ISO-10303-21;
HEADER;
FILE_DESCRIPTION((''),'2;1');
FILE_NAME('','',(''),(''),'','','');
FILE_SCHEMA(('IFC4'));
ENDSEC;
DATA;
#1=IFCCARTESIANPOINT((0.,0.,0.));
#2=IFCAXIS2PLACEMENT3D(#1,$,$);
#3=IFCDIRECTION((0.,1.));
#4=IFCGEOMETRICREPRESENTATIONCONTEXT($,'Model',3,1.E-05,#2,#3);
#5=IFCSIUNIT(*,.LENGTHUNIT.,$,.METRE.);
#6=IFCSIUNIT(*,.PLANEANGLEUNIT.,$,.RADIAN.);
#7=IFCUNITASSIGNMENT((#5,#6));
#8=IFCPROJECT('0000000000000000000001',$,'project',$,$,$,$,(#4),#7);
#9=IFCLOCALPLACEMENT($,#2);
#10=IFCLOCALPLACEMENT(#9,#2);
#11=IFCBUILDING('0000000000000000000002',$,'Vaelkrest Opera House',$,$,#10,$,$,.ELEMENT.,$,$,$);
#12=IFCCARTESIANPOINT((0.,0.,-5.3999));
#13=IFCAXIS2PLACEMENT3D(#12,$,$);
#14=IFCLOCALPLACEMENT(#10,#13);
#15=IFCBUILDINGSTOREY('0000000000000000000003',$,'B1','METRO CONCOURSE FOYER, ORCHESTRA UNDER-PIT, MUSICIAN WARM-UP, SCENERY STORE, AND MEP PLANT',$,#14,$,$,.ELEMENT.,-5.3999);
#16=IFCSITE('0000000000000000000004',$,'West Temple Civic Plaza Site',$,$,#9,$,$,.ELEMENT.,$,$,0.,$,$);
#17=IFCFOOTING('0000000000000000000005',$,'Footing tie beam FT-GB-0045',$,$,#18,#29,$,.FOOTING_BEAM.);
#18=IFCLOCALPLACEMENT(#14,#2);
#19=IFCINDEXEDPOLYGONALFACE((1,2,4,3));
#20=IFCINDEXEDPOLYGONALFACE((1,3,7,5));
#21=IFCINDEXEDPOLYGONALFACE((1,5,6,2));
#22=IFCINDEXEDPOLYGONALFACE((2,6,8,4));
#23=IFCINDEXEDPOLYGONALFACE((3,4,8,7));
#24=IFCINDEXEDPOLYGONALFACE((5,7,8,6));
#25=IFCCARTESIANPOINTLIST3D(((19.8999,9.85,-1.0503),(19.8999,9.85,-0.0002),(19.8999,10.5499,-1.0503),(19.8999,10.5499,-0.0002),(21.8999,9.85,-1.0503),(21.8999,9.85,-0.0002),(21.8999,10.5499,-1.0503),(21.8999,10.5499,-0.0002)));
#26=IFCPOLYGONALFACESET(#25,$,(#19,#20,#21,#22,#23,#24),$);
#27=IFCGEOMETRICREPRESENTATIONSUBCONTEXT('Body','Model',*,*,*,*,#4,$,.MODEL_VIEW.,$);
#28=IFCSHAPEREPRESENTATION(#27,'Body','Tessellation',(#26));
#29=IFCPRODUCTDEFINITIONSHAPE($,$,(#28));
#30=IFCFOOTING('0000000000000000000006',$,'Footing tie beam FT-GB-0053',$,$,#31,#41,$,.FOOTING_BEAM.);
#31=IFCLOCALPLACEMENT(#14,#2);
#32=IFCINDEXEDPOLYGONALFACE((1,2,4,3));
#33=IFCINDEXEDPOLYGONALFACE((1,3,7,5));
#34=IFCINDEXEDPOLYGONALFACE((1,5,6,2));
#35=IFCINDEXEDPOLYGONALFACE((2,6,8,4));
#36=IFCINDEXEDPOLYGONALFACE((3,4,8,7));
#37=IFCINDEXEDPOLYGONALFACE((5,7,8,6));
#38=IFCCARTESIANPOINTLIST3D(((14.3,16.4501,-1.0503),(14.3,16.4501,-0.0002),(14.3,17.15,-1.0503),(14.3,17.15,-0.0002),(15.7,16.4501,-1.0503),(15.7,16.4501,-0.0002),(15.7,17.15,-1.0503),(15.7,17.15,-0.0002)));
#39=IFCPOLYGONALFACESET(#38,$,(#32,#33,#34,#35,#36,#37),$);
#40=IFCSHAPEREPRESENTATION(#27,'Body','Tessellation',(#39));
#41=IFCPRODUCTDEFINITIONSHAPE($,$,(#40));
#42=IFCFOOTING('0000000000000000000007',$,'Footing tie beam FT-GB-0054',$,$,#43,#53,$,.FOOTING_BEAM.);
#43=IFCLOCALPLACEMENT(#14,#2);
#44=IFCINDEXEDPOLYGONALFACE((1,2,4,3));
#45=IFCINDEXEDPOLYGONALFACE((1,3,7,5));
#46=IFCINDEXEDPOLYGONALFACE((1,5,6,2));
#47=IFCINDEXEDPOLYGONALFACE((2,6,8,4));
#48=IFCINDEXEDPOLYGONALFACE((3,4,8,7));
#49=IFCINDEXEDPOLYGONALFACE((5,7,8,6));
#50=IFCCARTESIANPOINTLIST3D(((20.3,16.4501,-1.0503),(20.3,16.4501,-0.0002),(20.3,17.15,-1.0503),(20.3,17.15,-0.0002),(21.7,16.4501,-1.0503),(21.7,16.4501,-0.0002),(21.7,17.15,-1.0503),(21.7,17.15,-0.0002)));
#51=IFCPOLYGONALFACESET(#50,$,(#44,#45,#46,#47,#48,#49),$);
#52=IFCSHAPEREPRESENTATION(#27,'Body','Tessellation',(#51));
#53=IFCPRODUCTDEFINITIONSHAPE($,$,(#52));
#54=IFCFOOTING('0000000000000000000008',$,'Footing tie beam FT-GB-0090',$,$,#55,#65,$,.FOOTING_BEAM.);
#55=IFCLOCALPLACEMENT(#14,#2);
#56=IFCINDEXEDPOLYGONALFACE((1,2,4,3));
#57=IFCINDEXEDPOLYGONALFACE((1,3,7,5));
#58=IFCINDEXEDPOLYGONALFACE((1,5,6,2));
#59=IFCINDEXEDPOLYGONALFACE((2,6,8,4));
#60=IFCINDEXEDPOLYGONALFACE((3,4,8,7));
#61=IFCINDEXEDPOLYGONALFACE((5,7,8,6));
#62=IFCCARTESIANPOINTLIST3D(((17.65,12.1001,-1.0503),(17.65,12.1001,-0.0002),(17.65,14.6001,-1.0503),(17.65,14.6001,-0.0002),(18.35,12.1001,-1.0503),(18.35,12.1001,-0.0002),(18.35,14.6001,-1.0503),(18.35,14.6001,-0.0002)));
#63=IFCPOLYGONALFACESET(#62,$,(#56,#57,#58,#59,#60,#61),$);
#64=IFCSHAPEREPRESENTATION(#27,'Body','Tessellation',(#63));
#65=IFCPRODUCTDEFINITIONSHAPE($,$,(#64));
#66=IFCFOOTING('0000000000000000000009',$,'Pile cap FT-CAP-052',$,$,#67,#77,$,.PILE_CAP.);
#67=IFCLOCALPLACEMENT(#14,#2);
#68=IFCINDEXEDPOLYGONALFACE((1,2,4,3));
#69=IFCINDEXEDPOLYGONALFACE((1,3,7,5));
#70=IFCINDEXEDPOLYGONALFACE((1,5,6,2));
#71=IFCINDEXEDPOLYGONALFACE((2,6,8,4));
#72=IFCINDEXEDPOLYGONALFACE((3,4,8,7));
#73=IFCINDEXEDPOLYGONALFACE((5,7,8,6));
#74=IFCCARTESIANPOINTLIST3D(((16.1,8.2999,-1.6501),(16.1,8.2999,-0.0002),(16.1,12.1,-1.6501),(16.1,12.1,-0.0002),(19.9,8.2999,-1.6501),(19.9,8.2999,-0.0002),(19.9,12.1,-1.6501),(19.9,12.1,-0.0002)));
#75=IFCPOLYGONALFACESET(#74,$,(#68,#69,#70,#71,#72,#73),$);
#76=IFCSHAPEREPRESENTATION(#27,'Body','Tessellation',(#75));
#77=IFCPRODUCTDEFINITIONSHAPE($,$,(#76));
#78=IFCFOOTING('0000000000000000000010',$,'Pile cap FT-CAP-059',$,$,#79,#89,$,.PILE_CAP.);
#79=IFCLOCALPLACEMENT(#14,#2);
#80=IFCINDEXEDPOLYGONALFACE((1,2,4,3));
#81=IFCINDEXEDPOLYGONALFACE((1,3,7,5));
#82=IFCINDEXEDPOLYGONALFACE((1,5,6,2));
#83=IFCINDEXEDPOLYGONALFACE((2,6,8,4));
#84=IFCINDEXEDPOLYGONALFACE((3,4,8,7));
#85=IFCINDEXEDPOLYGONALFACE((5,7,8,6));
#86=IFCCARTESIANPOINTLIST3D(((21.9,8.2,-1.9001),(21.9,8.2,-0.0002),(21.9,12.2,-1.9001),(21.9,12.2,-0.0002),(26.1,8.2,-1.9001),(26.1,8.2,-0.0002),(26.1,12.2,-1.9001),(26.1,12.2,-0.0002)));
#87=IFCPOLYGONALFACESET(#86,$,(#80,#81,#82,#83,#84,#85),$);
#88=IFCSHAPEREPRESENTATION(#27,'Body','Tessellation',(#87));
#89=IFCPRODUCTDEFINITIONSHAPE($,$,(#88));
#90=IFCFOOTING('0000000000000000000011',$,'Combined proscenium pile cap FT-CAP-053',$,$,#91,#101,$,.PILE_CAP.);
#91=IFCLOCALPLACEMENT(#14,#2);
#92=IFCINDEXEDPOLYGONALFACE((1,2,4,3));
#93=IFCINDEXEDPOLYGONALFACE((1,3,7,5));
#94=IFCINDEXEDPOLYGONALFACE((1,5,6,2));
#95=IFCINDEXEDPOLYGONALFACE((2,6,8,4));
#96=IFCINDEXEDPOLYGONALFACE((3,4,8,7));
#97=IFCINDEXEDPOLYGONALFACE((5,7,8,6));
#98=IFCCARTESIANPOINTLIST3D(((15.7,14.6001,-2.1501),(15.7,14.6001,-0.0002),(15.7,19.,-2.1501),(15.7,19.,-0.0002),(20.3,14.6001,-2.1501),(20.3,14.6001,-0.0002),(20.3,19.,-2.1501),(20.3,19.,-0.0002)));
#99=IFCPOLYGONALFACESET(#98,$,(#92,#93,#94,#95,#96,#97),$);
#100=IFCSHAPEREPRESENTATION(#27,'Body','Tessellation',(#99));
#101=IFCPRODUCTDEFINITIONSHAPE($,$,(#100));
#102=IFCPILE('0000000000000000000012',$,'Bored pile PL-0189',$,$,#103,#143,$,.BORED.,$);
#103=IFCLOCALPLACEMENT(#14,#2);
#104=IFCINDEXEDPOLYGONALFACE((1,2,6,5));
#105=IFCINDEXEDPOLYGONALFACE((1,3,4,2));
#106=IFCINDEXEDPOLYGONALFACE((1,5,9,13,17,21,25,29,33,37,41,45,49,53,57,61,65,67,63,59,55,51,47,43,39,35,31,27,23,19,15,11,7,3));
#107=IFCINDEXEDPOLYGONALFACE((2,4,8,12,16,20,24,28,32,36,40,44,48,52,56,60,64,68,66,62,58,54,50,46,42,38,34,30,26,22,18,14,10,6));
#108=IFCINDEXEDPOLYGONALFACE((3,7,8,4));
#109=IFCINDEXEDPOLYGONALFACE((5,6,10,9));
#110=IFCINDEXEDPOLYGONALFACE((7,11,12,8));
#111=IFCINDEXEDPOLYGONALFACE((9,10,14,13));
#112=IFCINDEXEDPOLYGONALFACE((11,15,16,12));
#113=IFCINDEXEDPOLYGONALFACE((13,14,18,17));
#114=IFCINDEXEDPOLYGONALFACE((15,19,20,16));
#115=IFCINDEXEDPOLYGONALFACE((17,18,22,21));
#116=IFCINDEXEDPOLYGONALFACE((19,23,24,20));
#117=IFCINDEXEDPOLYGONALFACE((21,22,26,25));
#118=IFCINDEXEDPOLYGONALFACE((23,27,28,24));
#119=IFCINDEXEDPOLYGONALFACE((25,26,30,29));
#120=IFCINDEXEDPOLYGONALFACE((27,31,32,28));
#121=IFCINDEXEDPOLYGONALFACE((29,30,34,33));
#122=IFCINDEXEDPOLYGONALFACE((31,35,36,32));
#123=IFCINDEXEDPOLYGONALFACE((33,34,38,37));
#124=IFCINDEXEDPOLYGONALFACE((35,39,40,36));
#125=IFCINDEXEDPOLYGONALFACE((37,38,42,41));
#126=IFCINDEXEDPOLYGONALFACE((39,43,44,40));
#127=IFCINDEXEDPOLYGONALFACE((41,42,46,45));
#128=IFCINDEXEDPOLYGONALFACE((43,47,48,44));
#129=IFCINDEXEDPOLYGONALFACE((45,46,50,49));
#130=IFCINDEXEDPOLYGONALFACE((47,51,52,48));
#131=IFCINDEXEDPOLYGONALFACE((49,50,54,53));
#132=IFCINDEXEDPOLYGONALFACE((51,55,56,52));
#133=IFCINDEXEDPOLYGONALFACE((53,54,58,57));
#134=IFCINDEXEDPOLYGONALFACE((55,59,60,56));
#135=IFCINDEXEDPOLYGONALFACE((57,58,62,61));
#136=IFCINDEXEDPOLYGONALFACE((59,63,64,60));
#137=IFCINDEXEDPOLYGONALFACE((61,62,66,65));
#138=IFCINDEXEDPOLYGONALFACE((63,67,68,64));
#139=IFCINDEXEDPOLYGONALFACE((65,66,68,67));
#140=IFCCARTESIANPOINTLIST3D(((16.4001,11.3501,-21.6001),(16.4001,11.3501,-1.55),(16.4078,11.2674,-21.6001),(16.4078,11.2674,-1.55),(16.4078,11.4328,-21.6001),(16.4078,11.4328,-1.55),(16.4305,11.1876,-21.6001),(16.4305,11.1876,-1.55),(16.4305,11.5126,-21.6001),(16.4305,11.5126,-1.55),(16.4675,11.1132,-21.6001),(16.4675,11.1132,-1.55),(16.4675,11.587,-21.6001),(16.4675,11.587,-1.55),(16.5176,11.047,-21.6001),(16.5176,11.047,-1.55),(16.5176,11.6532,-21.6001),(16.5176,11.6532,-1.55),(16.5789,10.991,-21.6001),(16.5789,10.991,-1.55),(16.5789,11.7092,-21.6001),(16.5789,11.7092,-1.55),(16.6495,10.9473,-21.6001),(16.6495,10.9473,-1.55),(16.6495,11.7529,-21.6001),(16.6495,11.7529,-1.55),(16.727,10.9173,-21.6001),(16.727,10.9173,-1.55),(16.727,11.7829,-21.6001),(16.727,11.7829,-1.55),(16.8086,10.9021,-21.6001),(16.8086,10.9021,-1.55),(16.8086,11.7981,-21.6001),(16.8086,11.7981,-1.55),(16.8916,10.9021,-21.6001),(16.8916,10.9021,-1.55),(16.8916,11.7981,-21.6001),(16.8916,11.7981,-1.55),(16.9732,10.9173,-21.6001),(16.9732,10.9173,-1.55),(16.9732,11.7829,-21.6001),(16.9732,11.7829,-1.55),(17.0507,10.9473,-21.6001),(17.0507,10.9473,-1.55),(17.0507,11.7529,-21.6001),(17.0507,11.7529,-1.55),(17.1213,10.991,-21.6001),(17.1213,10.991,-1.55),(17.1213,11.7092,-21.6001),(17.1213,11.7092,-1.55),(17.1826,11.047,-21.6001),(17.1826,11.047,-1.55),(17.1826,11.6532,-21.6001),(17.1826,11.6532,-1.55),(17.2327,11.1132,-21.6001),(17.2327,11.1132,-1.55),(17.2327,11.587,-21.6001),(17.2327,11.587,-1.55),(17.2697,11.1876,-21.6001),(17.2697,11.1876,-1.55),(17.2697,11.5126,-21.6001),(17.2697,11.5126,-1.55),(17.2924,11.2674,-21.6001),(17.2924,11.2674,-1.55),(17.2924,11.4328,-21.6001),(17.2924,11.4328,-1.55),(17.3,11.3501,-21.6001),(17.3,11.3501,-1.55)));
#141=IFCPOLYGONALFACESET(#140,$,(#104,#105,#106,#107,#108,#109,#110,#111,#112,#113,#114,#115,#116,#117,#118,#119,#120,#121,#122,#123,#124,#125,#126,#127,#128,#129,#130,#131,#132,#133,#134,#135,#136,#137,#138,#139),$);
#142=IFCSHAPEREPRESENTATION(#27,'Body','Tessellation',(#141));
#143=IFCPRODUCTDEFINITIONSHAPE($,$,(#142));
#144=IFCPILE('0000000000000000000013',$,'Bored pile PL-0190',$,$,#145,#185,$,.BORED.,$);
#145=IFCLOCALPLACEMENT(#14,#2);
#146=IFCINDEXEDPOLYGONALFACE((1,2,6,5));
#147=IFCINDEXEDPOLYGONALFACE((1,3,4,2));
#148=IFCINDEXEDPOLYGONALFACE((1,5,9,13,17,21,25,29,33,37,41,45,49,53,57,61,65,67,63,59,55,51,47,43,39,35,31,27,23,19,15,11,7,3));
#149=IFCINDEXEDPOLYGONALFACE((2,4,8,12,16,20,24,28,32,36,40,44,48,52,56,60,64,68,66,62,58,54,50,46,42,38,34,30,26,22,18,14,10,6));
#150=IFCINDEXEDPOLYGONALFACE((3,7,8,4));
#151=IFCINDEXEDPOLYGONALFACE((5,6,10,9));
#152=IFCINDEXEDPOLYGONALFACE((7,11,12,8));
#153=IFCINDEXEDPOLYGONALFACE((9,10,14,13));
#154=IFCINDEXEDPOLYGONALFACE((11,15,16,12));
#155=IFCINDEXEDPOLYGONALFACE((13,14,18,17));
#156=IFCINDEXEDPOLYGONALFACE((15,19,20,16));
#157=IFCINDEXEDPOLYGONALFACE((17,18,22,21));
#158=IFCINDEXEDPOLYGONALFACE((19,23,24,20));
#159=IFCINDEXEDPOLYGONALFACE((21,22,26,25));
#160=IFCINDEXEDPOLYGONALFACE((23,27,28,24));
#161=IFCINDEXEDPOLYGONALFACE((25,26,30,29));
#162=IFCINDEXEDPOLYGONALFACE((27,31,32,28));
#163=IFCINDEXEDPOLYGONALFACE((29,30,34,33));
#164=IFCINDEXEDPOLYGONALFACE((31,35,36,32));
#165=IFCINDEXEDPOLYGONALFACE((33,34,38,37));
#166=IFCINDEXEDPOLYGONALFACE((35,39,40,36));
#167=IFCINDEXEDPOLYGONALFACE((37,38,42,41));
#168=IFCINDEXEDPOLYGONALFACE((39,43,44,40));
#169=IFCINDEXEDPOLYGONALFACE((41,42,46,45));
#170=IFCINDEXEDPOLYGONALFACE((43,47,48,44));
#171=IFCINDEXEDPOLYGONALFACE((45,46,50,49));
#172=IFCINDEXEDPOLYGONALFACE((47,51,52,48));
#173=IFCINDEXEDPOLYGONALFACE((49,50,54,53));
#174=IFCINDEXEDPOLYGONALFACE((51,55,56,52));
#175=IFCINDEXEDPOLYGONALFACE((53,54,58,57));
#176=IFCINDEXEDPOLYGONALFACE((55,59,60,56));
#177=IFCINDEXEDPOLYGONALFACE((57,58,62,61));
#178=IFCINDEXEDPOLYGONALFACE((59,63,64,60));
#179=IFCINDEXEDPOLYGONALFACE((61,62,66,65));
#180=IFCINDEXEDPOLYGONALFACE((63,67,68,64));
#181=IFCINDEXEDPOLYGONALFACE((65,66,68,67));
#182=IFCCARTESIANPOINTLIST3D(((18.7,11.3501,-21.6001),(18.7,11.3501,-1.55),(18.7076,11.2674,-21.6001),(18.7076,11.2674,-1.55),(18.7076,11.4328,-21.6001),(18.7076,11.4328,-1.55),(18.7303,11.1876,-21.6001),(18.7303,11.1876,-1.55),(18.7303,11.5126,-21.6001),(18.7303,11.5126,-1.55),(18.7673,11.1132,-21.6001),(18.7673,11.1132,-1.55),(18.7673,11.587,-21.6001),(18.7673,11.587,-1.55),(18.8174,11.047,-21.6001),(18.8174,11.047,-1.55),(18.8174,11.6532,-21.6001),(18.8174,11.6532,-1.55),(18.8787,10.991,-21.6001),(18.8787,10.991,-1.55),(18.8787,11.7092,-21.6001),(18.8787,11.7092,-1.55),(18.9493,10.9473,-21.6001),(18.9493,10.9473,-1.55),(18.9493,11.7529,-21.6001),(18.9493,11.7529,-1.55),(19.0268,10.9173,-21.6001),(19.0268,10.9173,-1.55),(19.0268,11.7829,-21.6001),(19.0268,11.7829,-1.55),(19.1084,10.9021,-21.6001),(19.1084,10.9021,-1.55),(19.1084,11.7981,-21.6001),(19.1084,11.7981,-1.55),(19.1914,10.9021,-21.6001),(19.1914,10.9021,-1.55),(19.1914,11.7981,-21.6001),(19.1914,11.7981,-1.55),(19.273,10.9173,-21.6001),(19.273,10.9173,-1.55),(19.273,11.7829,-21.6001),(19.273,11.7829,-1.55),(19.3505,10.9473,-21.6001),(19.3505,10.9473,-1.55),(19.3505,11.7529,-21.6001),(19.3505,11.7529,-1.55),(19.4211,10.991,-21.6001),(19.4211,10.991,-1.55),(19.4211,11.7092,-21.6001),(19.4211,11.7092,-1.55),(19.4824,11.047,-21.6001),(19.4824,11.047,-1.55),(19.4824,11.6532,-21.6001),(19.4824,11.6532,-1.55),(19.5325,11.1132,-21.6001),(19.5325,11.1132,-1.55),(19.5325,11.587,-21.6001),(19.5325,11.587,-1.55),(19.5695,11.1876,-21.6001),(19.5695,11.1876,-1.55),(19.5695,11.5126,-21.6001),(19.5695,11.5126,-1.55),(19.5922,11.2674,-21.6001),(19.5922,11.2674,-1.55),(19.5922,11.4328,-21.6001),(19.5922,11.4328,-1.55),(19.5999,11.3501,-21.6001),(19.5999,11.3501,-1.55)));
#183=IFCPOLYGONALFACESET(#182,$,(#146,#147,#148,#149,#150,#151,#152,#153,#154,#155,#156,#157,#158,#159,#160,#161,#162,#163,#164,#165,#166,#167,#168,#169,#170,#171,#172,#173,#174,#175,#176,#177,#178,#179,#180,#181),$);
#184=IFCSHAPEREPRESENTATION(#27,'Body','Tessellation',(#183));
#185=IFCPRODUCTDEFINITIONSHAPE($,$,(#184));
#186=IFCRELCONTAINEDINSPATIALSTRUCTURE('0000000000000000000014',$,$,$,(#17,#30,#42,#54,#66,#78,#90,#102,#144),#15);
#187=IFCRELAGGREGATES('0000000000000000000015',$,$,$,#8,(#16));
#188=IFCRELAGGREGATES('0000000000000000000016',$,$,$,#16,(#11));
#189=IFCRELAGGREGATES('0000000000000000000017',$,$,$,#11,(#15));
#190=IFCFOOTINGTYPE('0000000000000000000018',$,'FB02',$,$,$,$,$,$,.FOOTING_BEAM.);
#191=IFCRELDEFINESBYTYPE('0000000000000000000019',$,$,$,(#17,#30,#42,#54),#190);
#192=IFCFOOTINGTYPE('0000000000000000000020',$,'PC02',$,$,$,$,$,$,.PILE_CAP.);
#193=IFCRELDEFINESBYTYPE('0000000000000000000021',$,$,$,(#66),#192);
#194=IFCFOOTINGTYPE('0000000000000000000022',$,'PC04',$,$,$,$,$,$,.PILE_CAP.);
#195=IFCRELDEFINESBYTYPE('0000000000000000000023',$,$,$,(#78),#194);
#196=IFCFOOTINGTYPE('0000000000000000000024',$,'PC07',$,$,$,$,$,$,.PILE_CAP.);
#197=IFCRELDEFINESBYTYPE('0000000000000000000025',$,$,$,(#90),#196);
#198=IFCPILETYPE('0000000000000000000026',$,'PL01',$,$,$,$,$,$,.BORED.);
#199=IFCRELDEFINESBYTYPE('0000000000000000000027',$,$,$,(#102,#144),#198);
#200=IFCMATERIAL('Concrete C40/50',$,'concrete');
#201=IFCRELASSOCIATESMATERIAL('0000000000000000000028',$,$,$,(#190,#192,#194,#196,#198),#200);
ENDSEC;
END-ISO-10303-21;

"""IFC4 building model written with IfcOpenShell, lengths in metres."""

from ifc_helpers import new_model, si_unit, direction, frame, origin, origin_2d, place, context, subcontext, project, spatial, rectangle, circle, extrude, material, material_profile, profile_set, type_object, element, save


model = new_model("IFC4")

# Units and contexts
model_context = context("Model", 3, precision=1e-05, world=origin(), true_north=direction((0.0, 1.0)))
body_context = subcontext(model_context, "Body", "Model", "MODEL_VIEW")
ifc_project = project(units=[si_unit("LENGTHUNIT", "METRE"), si_unit("PLANEANGLEUNIT", "RADIAN")], contexts=[model_context])

# Site, building, storey
site_placement = place(None, origin())
site = spatial("IfcSite", under=ifc_project, at=site_placement, Name="West Temple Civic Plaza Site", CompositionType="ELEMENT", RefElevation=0.0)
building_placement = place(site_placement, origin())
building = spatial("IfcBuilding", under=site, at=building_placement, Name="Vaelkrest Opera House", CompositionType="ELEMENT")
storey_placement = place(building_placement, frame((0.0, 0.0, -5.3999)))
storey = spatial("IfcBuildingStorey", under=building, at=storey_placement, Name="B1", Description="METRO CONCOURSE FOYER, ORCHESTRA UNDER-PIT, MUSICIAN WARM-UP, SCENERY STORE, AND MEP PLANT", CompositionType="ELEMENT", Elevation=-5.3999)

# Footings
ifc_material_1 = material(Name="Concrete C40/50", Category="concrete")
footing_type_1 = type_object("IfcFootingType", Name="FB02", PredefinedType="FOOTING_BEAM", material=ifc_material_1)
footing_1_placement = place(storey_placement, frame((20.8999, 10.2, -1.0503), z_axis=(0.0, 0.0, 1.0), x_axis=(1.0, 0.0, 0.0)))
element("IfcFooting", 1, at=footing_1_placement, inside=storey, type_object=footing_type_1, Name="Footing tie beam FT-GB-0045", PredefinedType="FOOTING_BEAM", context=body_context, shape_type="SweptSolid", body=[
    extrude(rectangle(XDim=2.0, YDim=0.7, at=origin_2d()), origin(), (0.0, 0.0, 1.0), 1.05),
])
for number, where, z_axis, x_axis, name in (
    (2, (15.0, 16.8, -1.0503), (0.0, 0.0, 1.0), (1.0, 0.0, 0.0), "Footing tie beam FT-GB-0053"),
    (3, (21.0, 16.8, -1.0503), (0.0, 0.0, 1.0), (1.0, 0.0, 0.0), "Footing tie beam FT-GB-0054"),
):
    element("IfcFooting", number, at=place(storey_placement, frame(where, z_axis=z_axis, x_axis=x_axis)), inside=storey, type_object=footing_type_1, Name=name, PredefinedType="FOOTING_BEAM", context=body_context, shape_type="SweptSolid", body=[
        extrude(rectangle(XDim=1.3999, YDim=0.7, at=origin_2d()), origin(), (0.0, 0.0, 1.0), 1.05),
    ])
footing_2_placement = place(storey_placement, frame((18.0, 13.3501, -1.0503), z_axis=(0.0, 0.0, 1.0), x_axis=(0.0, 1.0, 0.0)))
element("IfcFooting", 4, at=footing_2_placement, inside=storey, type_object=footing_type_1, Name="Footing tie beam FT-GB-0090", PredefinedType="FOOTING_BEAM", context=body_context, shape_type="SweptSolid", body=[
    extrude(rectangle(XDim=2.5, YDim=0.7, at=origin_2d()), origin(), (0.0, 0.0, 1.0), 1.05),
])
footing_type_2 = type_object("IfcFootingType", Name="PC02", PredefinedType="PILE_CAP", material=ifc_material_1)
footing_3_placement = place(storey_placement, frame((18.0, 10.2, -1.6501), z_axis=(0.0, 0.0, 1.0), x_axis=(1.0, 0.0, 0.0)))
element("IfcFooting", 5, at=footing_3_placement, inside=storey, type_object=footing_type_2, Name="Pile cap FT-CAP-052", PredefinedType="PILE_CAP", context=body_context, shape_type="SweptSolid", body=[
    extrude(rectangle(XDim=3.8, YDim=3.8, at=origin_2d()), origin(), (0.0, 0.0, 1.0), 1.6499),
])
footing_type_3 = type_object("IfcFootingType", Name="PC04", PredefinedType="PILE_CAP", material=ifc_material_1)
footing_4_placement = place(storey_placement, frame((24.0, 10.2, -1.9001), z_axis=(0.0, 0.0, 1.0), x_axis=(1.0, 0.0, 0.0)))
element("IfcFooting", 6, at=footing_4_placement, inside=storey, type_object=footing_type_3, Name="Pile cap FT-CAP-059", PredefinedType="PILE_CAP", context=body_context, shape_type="SweptSolid", body=[
    extrude(rectangle(XDim=4.2, YDim=4.0, at=origin_2d()), origin(), (0.0, 0.0, 1.0), 1.8999),
])
footing_type_4 = type_object("IfcFootingType", Name="PC07", PredefinedType="PILE_CAP", material=ifc_material_1)
footing_5_placement = place(storey_placement, frame((18.0, 16.8, -2.1501), z_axis=(0.0, 0.0, 1.0), x_axis=(1.0, 0.0, 0.0)))
element("IfcFooting", 7, at=footing_5_placement, inside=storey, type_object=footing_type_4, Name="Combined proscenium pile cap FT-CAP-053", PredefinedType="PILE_CAP", context=body_context, shape_type="SweptSolid", body=[
    extrude(rectangle(XDim=4.6001, YDim=4.3999, at=origin_2d()), origin(), (0.0, 0.0, 1.0), 2.1499),
])

# Piles
ifc_material_profile_1 = material_profile(ifc_material_1, circle(Radius=0.45, at=origin_2d()), Name="PILE900")
ifc_profile_set_1 = profile_set([ifc_material_profile_1], Name="Concrete C40/50")
pile_type_1 = type_object("IfcPileType", Name="PL01", PredefinedType="BORED", material=ifc_profile_set_1)
for number, where, z_axis, x_axis, name in (
    (8, (16.8501, 11.3501, -1.55), (0.0, 0.0, -1.0), (1.0, 0.0, 0.0), "Bored pile PL-0189"),
    (9, (19.1499, 11.3501, -1.55), (0.0, 0.0, -1.0), (1.0, 0.0, 0.0), "Bored pile PL-0190"),
):
    element("IfcPile", number, at=place(storey_placement, frame(where, z_axis=z_axis, x_axis=x_axis)), inside=storey, type_object=pile_type_1, Name=name, PredefinedType="BORED", context=body_context, shape_type="SweptSolid", body=[
        extrude(circle(Radius=0.45, at=origin_2d()), origin(), (0.0, 0.0, 1.0), 20.05),
    ])

save(model, "model.ifc")
